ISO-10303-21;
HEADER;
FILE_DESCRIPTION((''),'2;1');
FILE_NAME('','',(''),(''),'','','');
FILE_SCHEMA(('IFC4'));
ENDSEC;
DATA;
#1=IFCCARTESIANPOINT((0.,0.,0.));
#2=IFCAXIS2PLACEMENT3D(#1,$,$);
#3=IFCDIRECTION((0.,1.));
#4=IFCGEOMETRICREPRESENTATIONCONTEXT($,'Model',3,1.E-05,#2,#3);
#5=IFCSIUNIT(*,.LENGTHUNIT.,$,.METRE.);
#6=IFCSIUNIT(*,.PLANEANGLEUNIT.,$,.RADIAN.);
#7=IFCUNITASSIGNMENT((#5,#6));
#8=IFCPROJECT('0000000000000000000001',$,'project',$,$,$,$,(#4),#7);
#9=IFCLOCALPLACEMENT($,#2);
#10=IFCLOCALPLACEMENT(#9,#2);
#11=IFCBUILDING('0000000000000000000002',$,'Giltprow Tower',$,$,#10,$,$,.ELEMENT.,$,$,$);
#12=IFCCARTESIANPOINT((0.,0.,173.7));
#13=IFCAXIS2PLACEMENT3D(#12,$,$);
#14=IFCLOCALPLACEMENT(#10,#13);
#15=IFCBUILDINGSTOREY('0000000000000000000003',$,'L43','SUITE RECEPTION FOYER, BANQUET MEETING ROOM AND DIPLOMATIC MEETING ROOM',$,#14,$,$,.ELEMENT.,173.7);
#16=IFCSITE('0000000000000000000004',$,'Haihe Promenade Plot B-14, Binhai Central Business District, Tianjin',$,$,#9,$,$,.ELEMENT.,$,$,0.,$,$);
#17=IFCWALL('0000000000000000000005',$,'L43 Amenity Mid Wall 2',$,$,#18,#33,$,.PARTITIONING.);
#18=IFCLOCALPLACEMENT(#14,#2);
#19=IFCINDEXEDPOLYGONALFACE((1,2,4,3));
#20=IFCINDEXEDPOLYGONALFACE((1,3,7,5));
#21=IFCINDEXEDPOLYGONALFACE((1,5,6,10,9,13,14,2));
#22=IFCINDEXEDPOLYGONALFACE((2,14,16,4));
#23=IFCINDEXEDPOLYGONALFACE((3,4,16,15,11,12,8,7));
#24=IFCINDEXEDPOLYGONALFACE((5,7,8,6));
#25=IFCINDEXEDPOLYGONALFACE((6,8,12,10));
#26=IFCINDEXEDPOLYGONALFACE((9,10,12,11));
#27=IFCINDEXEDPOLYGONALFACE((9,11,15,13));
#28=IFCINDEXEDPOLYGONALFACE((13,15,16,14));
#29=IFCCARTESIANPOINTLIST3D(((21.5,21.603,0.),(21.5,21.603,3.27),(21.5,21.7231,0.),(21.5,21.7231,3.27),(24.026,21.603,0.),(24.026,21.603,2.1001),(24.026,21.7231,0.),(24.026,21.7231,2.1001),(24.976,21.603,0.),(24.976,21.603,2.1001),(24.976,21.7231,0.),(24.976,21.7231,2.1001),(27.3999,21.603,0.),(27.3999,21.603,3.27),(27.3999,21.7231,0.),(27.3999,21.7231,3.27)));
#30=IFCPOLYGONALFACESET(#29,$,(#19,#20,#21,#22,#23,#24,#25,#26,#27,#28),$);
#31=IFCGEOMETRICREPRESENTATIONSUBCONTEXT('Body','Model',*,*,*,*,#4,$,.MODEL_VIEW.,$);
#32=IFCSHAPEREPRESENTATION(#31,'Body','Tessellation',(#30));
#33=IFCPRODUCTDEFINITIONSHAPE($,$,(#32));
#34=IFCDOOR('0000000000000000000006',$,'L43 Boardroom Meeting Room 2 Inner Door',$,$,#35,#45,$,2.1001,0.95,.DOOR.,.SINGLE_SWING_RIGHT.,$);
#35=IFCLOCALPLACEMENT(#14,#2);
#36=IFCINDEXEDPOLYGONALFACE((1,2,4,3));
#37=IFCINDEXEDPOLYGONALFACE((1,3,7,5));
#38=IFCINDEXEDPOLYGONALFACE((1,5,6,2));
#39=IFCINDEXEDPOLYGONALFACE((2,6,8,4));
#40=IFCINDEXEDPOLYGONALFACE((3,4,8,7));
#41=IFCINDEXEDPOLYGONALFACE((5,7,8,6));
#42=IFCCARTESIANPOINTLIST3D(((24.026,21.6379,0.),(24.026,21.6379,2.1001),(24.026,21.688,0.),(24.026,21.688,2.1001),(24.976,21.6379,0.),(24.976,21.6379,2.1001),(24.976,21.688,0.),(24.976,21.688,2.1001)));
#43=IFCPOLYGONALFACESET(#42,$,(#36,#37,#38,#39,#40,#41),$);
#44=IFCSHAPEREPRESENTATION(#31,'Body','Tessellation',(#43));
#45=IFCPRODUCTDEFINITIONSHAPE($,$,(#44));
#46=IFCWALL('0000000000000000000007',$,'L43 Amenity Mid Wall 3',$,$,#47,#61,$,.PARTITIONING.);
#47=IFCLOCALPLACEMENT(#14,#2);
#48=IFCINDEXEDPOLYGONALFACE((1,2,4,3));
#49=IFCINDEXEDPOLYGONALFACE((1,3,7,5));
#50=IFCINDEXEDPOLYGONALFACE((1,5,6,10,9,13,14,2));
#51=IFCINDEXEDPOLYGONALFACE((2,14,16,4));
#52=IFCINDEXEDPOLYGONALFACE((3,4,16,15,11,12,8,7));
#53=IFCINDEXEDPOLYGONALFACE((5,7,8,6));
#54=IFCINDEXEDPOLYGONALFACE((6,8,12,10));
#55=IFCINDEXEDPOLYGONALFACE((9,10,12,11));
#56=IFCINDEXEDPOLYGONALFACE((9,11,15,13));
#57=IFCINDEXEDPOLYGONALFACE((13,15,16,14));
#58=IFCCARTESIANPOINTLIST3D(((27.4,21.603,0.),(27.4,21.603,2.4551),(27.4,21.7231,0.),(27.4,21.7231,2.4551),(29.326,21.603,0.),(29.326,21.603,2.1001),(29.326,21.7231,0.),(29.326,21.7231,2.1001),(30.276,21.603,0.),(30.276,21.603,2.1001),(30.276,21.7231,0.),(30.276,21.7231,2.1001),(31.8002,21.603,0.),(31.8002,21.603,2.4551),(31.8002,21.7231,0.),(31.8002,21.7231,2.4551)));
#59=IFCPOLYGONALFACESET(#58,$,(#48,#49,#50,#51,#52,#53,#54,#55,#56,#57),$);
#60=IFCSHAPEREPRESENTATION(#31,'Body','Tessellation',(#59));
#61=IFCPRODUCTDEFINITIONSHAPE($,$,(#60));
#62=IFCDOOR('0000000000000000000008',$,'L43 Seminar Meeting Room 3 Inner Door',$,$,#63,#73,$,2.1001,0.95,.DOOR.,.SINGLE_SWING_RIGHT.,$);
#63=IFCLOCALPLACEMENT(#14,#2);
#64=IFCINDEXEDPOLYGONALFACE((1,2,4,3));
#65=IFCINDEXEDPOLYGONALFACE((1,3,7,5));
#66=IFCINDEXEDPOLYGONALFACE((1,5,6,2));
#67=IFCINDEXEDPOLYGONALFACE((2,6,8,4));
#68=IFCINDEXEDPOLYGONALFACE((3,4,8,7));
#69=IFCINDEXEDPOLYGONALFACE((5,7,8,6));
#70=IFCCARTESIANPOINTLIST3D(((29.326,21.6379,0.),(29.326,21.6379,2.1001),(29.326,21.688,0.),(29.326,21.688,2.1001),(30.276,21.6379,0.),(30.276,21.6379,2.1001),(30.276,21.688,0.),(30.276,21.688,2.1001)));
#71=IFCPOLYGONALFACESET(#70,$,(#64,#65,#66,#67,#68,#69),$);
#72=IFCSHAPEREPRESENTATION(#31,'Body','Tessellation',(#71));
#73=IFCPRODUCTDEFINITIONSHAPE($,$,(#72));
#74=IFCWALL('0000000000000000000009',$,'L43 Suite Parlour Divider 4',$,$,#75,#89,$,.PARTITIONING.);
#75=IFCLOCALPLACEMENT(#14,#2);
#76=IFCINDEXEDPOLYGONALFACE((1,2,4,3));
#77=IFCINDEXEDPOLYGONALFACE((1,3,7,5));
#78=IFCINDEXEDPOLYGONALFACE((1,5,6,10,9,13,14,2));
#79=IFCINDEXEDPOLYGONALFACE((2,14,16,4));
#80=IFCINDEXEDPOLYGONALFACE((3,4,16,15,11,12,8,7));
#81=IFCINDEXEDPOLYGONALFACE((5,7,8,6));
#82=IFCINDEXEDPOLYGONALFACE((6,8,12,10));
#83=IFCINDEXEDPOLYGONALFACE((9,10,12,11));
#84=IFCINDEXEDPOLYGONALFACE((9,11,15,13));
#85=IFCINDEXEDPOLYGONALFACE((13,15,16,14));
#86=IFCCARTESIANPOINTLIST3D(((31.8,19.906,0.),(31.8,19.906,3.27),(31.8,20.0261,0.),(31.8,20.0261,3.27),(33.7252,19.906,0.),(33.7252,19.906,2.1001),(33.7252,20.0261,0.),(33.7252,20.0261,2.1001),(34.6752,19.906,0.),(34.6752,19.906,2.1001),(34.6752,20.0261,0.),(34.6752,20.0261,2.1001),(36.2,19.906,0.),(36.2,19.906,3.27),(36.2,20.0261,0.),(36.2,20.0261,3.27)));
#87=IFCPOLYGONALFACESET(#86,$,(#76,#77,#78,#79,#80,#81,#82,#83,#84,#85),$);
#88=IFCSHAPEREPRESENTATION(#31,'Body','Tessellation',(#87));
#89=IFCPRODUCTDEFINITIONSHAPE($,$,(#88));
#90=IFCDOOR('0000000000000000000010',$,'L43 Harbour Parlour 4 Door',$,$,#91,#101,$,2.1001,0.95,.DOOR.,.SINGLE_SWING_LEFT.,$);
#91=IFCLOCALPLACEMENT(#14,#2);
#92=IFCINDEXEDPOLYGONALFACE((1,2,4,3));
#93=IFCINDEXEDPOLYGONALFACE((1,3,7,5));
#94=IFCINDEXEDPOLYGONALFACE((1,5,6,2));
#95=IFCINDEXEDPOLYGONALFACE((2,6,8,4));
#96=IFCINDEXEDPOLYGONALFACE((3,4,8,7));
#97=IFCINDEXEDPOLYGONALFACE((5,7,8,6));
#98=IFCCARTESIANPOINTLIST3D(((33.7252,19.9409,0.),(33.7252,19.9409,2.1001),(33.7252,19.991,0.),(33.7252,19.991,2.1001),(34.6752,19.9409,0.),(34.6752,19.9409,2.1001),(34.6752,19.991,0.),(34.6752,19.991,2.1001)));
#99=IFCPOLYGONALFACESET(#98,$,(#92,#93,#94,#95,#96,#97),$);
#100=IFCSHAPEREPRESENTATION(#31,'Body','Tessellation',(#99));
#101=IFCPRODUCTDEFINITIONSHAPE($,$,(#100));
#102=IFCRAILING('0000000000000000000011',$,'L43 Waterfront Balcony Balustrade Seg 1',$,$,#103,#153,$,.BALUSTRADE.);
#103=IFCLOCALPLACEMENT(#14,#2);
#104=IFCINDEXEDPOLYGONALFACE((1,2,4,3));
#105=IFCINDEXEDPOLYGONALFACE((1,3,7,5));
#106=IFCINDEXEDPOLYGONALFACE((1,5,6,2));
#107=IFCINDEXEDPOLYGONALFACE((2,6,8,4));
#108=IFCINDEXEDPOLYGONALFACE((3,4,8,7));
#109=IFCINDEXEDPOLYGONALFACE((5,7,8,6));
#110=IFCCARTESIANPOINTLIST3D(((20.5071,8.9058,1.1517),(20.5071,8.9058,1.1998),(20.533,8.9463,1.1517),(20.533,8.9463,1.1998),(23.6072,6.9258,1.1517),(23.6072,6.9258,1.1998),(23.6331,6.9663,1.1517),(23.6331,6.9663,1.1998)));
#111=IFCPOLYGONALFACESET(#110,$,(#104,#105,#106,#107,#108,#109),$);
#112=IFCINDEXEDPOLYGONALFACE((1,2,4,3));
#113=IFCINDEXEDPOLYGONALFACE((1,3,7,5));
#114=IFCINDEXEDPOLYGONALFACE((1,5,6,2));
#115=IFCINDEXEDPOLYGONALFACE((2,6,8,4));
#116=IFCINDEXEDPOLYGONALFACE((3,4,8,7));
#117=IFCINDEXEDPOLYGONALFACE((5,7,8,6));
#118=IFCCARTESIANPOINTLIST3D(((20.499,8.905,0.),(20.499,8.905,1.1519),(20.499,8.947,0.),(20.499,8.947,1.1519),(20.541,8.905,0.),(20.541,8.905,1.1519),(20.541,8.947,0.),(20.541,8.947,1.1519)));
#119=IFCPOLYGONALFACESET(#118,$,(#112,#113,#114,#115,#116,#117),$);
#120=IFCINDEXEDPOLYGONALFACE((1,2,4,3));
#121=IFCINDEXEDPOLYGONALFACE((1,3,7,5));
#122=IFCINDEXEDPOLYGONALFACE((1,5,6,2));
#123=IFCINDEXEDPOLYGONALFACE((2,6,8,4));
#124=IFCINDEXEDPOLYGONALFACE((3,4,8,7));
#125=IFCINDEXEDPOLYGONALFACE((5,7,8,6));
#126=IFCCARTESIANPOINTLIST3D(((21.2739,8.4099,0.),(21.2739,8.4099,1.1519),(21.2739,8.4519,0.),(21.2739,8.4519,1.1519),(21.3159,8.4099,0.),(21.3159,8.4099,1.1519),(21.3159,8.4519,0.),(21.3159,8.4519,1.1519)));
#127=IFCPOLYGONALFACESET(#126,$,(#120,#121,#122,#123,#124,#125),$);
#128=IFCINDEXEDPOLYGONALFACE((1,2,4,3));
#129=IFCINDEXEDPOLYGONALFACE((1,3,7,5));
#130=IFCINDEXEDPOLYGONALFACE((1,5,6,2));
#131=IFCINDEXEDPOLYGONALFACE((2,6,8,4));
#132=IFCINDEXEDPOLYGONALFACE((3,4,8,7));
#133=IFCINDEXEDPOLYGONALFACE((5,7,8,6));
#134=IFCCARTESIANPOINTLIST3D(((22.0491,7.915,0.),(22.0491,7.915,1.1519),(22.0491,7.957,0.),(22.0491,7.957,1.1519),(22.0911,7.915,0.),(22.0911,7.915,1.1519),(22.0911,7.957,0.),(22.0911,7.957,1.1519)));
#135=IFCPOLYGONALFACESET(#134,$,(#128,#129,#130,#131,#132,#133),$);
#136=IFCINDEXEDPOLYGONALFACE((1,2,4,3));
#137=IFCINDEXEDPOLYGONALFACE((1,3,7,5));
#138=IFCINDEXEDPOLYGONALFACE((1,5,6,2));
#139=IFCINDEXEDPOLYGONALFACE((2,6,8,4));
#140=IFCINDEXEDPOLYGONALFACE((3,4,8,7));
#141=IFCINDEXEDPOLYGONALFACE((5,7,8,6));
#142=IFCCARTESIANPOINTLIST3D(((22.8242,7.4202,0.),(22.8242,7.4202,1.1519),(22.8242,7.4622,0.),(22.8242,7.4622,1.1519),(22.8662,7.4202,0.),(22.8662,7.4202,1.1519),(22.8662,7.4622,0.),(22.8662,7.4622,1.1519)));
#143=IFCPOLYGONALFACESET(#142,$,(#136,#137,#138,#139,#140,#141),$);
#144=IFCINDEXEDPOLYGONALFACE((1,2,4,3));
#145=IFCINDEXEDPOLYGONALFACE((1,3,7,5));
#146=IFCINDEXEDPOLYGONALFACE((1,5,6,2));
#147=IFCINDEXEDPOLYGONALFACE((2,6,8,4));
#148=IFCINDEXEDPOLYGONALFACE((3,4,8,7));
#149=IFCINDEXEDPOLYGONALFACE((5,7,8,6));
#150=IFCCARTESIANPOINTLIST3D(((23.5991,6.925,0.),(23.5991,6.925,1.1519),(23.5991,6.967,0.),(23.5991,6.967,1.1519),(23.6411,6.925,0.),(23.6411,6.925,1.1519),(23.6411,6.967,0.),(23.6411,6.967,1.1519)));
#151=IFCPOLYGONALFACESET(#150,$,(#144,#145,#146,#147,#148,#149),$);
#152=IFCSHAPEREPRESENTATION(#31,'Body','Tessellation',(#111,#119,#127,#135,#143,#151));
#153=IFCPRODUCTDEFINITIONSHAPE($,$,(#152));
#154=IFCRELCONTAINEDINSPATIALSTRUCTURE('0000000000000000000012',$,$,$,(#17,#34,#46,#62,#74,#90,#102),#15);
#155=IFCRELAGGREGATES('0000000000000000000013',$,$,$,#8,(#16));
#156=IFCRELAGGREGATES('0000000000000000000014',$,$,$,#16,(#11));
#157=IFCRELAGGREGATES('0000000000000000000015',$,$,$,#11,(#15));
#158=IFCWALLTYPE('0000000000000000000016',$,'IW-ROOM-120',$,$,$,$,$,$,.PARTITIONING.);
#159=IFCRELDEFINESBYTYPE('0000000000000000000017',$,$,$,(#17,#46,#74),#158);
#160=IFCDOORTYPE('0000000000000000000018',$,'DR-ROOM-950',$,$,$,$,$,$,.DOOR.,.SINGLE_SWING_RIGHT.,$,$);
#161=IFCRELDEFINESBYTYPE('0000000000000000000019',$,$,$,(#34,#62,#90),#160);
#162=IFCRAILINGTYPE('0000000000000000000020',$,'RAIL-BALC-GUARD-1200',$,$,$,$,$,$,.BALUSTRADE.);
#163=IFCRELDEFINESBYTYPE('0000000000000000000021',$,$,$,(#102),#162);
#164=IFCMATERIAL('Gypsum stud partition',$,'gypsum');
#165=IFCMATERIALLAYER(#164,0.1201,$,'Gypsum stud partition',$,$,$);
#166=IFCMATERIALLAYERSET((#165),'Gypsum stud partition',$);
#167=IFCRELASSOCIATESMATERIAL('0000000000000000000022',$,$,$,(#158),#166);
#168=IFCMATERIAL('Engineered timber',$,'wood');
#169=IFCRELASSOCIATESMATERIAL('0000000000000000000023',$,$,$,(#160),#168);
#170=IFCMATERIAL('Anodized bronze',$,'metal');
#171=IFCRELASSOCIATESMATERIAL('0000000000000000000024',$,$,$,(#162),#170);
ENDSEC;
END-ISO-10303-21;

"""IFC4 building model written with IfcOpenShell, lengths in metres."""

from ifc_helpers import new_model, si_unit, direction, frame, frame_2d, origin, origin_2d, place, context, subcontext, project, spatial, rectangle, extrude, source, transform, mapped, material, layer, layer_set, type_object, element, fill, save


model = new_model("IFC4")

# Units and contexts
model_context = context("Model", 3, precision=1e-05, world=origin(), true_north=direction((0.0, 1.0)))
body_context = subcontext(model_context, "Body", "Model", "MODEL_VIEW")
ifc_project = project(units=[si_unit("LENGTHUNIT", "METRE"), si_unit("PLANEANGLEUNIT", "RADIAN")], contexts=[model_context])

# Site, building, storey
site_placement = place(None, origin())
site = spatial("IfcSite", under=ifc_project, at=site_placement, Name="Haihe Promenade Plot B-14, Binhai Central Business District, Tianjin", CompositionType="ELEMENT", RefElevation=0.0)
building_placement = place(site_placement, origin())
building = spatial("IfcBuilding", under=site, at=building_placement, Name="Giltprow Tower", CompositionType="ELEMENT")
storey_placement = place(building_placement, frame((0.0, 0.0, 173.7)))
storey = spatial("IfcBuildingStorey", under=building, at=storey_placement, Name="L43", Description="SUITE RECEPTION FOYER, BANQUET MEETING ROOM AND DIPLOMATIC MEETING ROOM", CompositionType="ELEMENT", Elevation=173.7)

# Shared definitions
ifc_material_1 = material(Name="Gypsum stud partition", Category="gypsum")

# Walls, openings, doors
ifc_layer_1 = layer(ifc_material_1, 0.1201, Name="Gypsum stud partition")
ifc_layer_set_1 = layer_set([ifc_layer_1], Name="Gypsum stud partition")
wall_type_1 = type_object("IfcWallType", Name="IW-ROOM-120", PredefinedType="PARTITIONING", material=ifc_layer_set_1)
wall_1_placement = place(storey_placement, frame((21.5, 21.6631, 0.0), z_axis=(0.0, 0.0, 1.0), x_axis=(1.0, 0.0, 0.0)))
wall_1 = element("IfcWall", 1, at=wall_1_placement, inside=storey, type_object=wall_type_1, Name="L43 Amenity Mid Wall 2", PredefinedType="PARTITIONING", context=body_context, shape_type="SweptSolid", body=[
    extrude(rectangle(XDim=5.8999, YDim=0.1201, at=frame_2d((2.95, 0.0))), origin(), (0.0, 0.0, 1.0), 3.27),
])
opening_1_placement = place(wall_1_placement, frame((2.5259, 0.0, 0.0)))
opening_1 = element("IfcOpeningElement", 2, at=opening_1_placement, cuts=wall_1, PredefinedType="OPENING", context=body_context, shape_type="SweptSolid", body=[
    extrude(rectangle(XDim=0.95, YDim=2.1001, at=frame_2d((0.4751, 1.05))), frame((0.0, 0.0701, 0.0), z_axis=(0.0, -1.0, 0.0), x_axis=(1.0, 0.0, 0.0)), (0.0, 0.0, 1.0), 0.1401),
])
ifc_material_2 = material(Name="Engineered timber", Category="wood")
door_type = type_object("IfcDoorType", Name="DR-ROOM-950", OperationType="SINGLE_SWING_RIGHT", PredefinedType="DOOR", material=ifc_material_2)
shared_shape_1 = source(origin(), body_context, "Body", "SweptSolid", [
    extrude(rectangle(XDim=0.95, YDim=2.1001, at=frame_2d((0.4751, 1.05))), frame((0.0, 0.0249, 0.0), z_axis=(0.0, -1.0, 0.0), x_axis=(1.0, 0.0, 0.0)), (0.0, 0.0, 1.0), 0.05),
])
door_1_placement = place(opening_1_placement, origin())
door_1 = element("IfcDoor", 3, at=door_1_placement, inside=storey, type_object=door_type, Name="L43 Boardroom Meeting Room 2 Inner Door", OperationType="SINGLE_SWING_RIGHT", OverallHeight=2.1001, OverallWidth=0.95, PredefinedType="DOOR", context=body_context, shape_type="MappedRepresentation", body=[
    mapped(shared_shape_1, transform((0.0, 0.0, 0.0), x_axis=(1.0, 0.0, 0.0), y_axis=(0.0, 1.0, 0.0), z_axis=(0.0, 0.0, 1.0), scale=1.0)),
])
fill(opening_1, door_1)
wall_2_placement = place(storey_placement, frame((27.3999, 21.6631, 0.0), z_axis=(0.0, 0.0, 1.0), x_axis=(1.0, 0.0, 0.0)))
wall_2 = element("IfcWall", 4, at=wall_2_placement, inside=storey, type_object=wall_type_1, Name="L43 Amenity Mid Wall 3", PredefinedType="PARTITIONING", context=body_context, shape_type="SweptSolid", body=[
    extrude(rectangle(XDim=4.4001, YDim=0.1201, at=frame_2d((2.2002, 0.0))), origin(), (0.0, 0.0, 1.0), 2.4551),
])
opening_2_placement = place(wall_2_placement, frame((1.926, 0.0, 0.0)))
opening_2 = element("IfcOpeningElement", 5, at=opening_2_placement, cuts=wall_2, PredefinedType="OPENING", context=body_context, shape_type="SweptSolid", body=[
    extrude(rectangle(XDim=0.95, YDim=2.1001, at=frame_2d((0.4751, 1.05))), frame((0.0, 0.0701, 0.0), z_axis=(0.0, -1.0, 0.0), x_axis=(1.0, 0.0, 0.0)), (0.0, 0.0, 1.0), 0.1401),
])
door_2_placement = place(opening_2_placement, origin())
door_2 = element("IfcDoor", 6, at=door_2_placement, inside=storey, type_object=door_type, Name="L43 Seminar Meeting Room 3 Inner Door", OperationType="SINGLE_SWING_RIGHT", OverallHeight=2.1001, OverallWidth=0.95, PredefinedType="DOOR", context=body_context, shape_type="MappedRepresentation", body=[
    mapped(shared_shape_1, transform((0.0, 0.0, 0.0), x_axis=(1.0, 0.0, 0.0), y_axis=(0.0, 1.0, 0.0), z_axis=(0.0, 0.0, 1.0), scale=1.0)),
])
fill(opening_2, door_2)
wall_3_placement = place(storey_placement, frame((31.8, 19.9661, 0.0), z_axis=(0.0, 0.0, 1.0), x_axis=(1.0, 0.0, 0.0)))
wall_3 = element("IfcWall", 7, at=wall_3_placement, inside=storey, type_object=wall_type_1, Name="L43 Suite Parlour Divider 4", PredefinedType="PARTITIONING", context=body_context, shape_type="SweptSolid", body=[
    extrude(rectangle(XDim=4.3999, YDim=0.1201, at=frame_2d((2.2, 0.0))), origin(), (0.0, 0.0, 1.0), 3.27),
])
opening_3_placement = place(wall_3_placement, frame((1.925, 0.0, 0.0)))
opening_3 = element("IfcOpeningElement", 8, at=opening_3_placement, cuts=wall_3, PredefinedType="OPENING", context=body_context, shape_type="SweptSolid", body=[
    extrude(rectangle(XDim=0.95, YDim=2.1001, at=frame_2d((0.4751, 1.05))), frame((0.0, 0.0701, 0.0), z_axis=(0.0, -1.0, 0.0), x_axis=(1.0, 0.0, 0.0)), (0.0, 0.0, 1.0), 0.1401),
])
door_3_placement = place(opening_3_placement, origin())
door_3 = element("IfcDoor", 9, at=door_3_placement, inside=storey, type_object=door_type, Name="L43 Harbour Parlour 4 Door", OperationType="SINGLE_SWING_LEFT", OverallHeight=2.1001, OverallWidth=0.95, PredefinedType="DOOR", context=body_context, shape_type="MappedRepresentation", body=[
    mapped(shared_shape_1, transform((0.0, 0.0, 0.0), x_axis=(1.0, 0.0, 0.0), y_axis=(0.0, 1.0, 0.0), z_axis=(0.0, 0.0, 1.0), scale=1.0)),
])
fill(opening_3, door_3)

# Railing
ifc_material_3 = material(Name="Anodized bronze", Category="metal")
railing_type = type_object("IfcRailingType", Name="RAIL-BALC-GUARD-1200", PredefinedType="BALUSTRADE", material=ifc_material_3)
railing_1_placement = place(storey_placement, frame((20.52, 8.926, 0.0)))
element("IfcRailing", 10, at=railing_1_placement, inside=storey, type_object=railing_type, Name="L43 Waterfront Balcony Balustrade Seg 1", PredefinedType="BALUSTRADE", context=body_context, shape_type="SweptSolid", body=[
    extrude(rectangle(XDim=0.0481, YDim=0.0481, at=origin_2d()), frame((0.0, 0.0, 1.1758), z_axis=(0.842775, -0.538266, 0.0), x_axis=(0.538266, 0.842775, 0.0)), (0.0, 0.0, 1.0), 3.6785),
    extrude(rectangle(XDim=0.042, YDim=0.042, at=origin_2d()), origin(), (0.0, 0.0, 1.0), 1.1519),
    extrude(rectangle(XDim=0.042, YDim=0.042, at=origin_2d()), frame((0.7749, -0.4951, 0.0)), (0.0, 0.0, 1.0), 1.1519),
    extrude(rectangle(XDim=0.042, YDim=0.042, at=origin_2d()), frame((1.55, -0.99, 0.0)), (0.0, 0.0, 1.0), 1.1519),
    extrude(rectangle(XDim=0.042, YDim=0.042, at=origin_2d()), frame((2.3252, -1.4849, 0.0)), (0.0, 0.0, 1.0), 1.1519),
    extrude(rectangle(XDim=0.042, YDim=0.042, at=origin_2d()), frame((3.1001, -1.98, 0.0)), (0.0, 0.0, 1.0), 1.1519),
])

save(model, "model.ifc")
